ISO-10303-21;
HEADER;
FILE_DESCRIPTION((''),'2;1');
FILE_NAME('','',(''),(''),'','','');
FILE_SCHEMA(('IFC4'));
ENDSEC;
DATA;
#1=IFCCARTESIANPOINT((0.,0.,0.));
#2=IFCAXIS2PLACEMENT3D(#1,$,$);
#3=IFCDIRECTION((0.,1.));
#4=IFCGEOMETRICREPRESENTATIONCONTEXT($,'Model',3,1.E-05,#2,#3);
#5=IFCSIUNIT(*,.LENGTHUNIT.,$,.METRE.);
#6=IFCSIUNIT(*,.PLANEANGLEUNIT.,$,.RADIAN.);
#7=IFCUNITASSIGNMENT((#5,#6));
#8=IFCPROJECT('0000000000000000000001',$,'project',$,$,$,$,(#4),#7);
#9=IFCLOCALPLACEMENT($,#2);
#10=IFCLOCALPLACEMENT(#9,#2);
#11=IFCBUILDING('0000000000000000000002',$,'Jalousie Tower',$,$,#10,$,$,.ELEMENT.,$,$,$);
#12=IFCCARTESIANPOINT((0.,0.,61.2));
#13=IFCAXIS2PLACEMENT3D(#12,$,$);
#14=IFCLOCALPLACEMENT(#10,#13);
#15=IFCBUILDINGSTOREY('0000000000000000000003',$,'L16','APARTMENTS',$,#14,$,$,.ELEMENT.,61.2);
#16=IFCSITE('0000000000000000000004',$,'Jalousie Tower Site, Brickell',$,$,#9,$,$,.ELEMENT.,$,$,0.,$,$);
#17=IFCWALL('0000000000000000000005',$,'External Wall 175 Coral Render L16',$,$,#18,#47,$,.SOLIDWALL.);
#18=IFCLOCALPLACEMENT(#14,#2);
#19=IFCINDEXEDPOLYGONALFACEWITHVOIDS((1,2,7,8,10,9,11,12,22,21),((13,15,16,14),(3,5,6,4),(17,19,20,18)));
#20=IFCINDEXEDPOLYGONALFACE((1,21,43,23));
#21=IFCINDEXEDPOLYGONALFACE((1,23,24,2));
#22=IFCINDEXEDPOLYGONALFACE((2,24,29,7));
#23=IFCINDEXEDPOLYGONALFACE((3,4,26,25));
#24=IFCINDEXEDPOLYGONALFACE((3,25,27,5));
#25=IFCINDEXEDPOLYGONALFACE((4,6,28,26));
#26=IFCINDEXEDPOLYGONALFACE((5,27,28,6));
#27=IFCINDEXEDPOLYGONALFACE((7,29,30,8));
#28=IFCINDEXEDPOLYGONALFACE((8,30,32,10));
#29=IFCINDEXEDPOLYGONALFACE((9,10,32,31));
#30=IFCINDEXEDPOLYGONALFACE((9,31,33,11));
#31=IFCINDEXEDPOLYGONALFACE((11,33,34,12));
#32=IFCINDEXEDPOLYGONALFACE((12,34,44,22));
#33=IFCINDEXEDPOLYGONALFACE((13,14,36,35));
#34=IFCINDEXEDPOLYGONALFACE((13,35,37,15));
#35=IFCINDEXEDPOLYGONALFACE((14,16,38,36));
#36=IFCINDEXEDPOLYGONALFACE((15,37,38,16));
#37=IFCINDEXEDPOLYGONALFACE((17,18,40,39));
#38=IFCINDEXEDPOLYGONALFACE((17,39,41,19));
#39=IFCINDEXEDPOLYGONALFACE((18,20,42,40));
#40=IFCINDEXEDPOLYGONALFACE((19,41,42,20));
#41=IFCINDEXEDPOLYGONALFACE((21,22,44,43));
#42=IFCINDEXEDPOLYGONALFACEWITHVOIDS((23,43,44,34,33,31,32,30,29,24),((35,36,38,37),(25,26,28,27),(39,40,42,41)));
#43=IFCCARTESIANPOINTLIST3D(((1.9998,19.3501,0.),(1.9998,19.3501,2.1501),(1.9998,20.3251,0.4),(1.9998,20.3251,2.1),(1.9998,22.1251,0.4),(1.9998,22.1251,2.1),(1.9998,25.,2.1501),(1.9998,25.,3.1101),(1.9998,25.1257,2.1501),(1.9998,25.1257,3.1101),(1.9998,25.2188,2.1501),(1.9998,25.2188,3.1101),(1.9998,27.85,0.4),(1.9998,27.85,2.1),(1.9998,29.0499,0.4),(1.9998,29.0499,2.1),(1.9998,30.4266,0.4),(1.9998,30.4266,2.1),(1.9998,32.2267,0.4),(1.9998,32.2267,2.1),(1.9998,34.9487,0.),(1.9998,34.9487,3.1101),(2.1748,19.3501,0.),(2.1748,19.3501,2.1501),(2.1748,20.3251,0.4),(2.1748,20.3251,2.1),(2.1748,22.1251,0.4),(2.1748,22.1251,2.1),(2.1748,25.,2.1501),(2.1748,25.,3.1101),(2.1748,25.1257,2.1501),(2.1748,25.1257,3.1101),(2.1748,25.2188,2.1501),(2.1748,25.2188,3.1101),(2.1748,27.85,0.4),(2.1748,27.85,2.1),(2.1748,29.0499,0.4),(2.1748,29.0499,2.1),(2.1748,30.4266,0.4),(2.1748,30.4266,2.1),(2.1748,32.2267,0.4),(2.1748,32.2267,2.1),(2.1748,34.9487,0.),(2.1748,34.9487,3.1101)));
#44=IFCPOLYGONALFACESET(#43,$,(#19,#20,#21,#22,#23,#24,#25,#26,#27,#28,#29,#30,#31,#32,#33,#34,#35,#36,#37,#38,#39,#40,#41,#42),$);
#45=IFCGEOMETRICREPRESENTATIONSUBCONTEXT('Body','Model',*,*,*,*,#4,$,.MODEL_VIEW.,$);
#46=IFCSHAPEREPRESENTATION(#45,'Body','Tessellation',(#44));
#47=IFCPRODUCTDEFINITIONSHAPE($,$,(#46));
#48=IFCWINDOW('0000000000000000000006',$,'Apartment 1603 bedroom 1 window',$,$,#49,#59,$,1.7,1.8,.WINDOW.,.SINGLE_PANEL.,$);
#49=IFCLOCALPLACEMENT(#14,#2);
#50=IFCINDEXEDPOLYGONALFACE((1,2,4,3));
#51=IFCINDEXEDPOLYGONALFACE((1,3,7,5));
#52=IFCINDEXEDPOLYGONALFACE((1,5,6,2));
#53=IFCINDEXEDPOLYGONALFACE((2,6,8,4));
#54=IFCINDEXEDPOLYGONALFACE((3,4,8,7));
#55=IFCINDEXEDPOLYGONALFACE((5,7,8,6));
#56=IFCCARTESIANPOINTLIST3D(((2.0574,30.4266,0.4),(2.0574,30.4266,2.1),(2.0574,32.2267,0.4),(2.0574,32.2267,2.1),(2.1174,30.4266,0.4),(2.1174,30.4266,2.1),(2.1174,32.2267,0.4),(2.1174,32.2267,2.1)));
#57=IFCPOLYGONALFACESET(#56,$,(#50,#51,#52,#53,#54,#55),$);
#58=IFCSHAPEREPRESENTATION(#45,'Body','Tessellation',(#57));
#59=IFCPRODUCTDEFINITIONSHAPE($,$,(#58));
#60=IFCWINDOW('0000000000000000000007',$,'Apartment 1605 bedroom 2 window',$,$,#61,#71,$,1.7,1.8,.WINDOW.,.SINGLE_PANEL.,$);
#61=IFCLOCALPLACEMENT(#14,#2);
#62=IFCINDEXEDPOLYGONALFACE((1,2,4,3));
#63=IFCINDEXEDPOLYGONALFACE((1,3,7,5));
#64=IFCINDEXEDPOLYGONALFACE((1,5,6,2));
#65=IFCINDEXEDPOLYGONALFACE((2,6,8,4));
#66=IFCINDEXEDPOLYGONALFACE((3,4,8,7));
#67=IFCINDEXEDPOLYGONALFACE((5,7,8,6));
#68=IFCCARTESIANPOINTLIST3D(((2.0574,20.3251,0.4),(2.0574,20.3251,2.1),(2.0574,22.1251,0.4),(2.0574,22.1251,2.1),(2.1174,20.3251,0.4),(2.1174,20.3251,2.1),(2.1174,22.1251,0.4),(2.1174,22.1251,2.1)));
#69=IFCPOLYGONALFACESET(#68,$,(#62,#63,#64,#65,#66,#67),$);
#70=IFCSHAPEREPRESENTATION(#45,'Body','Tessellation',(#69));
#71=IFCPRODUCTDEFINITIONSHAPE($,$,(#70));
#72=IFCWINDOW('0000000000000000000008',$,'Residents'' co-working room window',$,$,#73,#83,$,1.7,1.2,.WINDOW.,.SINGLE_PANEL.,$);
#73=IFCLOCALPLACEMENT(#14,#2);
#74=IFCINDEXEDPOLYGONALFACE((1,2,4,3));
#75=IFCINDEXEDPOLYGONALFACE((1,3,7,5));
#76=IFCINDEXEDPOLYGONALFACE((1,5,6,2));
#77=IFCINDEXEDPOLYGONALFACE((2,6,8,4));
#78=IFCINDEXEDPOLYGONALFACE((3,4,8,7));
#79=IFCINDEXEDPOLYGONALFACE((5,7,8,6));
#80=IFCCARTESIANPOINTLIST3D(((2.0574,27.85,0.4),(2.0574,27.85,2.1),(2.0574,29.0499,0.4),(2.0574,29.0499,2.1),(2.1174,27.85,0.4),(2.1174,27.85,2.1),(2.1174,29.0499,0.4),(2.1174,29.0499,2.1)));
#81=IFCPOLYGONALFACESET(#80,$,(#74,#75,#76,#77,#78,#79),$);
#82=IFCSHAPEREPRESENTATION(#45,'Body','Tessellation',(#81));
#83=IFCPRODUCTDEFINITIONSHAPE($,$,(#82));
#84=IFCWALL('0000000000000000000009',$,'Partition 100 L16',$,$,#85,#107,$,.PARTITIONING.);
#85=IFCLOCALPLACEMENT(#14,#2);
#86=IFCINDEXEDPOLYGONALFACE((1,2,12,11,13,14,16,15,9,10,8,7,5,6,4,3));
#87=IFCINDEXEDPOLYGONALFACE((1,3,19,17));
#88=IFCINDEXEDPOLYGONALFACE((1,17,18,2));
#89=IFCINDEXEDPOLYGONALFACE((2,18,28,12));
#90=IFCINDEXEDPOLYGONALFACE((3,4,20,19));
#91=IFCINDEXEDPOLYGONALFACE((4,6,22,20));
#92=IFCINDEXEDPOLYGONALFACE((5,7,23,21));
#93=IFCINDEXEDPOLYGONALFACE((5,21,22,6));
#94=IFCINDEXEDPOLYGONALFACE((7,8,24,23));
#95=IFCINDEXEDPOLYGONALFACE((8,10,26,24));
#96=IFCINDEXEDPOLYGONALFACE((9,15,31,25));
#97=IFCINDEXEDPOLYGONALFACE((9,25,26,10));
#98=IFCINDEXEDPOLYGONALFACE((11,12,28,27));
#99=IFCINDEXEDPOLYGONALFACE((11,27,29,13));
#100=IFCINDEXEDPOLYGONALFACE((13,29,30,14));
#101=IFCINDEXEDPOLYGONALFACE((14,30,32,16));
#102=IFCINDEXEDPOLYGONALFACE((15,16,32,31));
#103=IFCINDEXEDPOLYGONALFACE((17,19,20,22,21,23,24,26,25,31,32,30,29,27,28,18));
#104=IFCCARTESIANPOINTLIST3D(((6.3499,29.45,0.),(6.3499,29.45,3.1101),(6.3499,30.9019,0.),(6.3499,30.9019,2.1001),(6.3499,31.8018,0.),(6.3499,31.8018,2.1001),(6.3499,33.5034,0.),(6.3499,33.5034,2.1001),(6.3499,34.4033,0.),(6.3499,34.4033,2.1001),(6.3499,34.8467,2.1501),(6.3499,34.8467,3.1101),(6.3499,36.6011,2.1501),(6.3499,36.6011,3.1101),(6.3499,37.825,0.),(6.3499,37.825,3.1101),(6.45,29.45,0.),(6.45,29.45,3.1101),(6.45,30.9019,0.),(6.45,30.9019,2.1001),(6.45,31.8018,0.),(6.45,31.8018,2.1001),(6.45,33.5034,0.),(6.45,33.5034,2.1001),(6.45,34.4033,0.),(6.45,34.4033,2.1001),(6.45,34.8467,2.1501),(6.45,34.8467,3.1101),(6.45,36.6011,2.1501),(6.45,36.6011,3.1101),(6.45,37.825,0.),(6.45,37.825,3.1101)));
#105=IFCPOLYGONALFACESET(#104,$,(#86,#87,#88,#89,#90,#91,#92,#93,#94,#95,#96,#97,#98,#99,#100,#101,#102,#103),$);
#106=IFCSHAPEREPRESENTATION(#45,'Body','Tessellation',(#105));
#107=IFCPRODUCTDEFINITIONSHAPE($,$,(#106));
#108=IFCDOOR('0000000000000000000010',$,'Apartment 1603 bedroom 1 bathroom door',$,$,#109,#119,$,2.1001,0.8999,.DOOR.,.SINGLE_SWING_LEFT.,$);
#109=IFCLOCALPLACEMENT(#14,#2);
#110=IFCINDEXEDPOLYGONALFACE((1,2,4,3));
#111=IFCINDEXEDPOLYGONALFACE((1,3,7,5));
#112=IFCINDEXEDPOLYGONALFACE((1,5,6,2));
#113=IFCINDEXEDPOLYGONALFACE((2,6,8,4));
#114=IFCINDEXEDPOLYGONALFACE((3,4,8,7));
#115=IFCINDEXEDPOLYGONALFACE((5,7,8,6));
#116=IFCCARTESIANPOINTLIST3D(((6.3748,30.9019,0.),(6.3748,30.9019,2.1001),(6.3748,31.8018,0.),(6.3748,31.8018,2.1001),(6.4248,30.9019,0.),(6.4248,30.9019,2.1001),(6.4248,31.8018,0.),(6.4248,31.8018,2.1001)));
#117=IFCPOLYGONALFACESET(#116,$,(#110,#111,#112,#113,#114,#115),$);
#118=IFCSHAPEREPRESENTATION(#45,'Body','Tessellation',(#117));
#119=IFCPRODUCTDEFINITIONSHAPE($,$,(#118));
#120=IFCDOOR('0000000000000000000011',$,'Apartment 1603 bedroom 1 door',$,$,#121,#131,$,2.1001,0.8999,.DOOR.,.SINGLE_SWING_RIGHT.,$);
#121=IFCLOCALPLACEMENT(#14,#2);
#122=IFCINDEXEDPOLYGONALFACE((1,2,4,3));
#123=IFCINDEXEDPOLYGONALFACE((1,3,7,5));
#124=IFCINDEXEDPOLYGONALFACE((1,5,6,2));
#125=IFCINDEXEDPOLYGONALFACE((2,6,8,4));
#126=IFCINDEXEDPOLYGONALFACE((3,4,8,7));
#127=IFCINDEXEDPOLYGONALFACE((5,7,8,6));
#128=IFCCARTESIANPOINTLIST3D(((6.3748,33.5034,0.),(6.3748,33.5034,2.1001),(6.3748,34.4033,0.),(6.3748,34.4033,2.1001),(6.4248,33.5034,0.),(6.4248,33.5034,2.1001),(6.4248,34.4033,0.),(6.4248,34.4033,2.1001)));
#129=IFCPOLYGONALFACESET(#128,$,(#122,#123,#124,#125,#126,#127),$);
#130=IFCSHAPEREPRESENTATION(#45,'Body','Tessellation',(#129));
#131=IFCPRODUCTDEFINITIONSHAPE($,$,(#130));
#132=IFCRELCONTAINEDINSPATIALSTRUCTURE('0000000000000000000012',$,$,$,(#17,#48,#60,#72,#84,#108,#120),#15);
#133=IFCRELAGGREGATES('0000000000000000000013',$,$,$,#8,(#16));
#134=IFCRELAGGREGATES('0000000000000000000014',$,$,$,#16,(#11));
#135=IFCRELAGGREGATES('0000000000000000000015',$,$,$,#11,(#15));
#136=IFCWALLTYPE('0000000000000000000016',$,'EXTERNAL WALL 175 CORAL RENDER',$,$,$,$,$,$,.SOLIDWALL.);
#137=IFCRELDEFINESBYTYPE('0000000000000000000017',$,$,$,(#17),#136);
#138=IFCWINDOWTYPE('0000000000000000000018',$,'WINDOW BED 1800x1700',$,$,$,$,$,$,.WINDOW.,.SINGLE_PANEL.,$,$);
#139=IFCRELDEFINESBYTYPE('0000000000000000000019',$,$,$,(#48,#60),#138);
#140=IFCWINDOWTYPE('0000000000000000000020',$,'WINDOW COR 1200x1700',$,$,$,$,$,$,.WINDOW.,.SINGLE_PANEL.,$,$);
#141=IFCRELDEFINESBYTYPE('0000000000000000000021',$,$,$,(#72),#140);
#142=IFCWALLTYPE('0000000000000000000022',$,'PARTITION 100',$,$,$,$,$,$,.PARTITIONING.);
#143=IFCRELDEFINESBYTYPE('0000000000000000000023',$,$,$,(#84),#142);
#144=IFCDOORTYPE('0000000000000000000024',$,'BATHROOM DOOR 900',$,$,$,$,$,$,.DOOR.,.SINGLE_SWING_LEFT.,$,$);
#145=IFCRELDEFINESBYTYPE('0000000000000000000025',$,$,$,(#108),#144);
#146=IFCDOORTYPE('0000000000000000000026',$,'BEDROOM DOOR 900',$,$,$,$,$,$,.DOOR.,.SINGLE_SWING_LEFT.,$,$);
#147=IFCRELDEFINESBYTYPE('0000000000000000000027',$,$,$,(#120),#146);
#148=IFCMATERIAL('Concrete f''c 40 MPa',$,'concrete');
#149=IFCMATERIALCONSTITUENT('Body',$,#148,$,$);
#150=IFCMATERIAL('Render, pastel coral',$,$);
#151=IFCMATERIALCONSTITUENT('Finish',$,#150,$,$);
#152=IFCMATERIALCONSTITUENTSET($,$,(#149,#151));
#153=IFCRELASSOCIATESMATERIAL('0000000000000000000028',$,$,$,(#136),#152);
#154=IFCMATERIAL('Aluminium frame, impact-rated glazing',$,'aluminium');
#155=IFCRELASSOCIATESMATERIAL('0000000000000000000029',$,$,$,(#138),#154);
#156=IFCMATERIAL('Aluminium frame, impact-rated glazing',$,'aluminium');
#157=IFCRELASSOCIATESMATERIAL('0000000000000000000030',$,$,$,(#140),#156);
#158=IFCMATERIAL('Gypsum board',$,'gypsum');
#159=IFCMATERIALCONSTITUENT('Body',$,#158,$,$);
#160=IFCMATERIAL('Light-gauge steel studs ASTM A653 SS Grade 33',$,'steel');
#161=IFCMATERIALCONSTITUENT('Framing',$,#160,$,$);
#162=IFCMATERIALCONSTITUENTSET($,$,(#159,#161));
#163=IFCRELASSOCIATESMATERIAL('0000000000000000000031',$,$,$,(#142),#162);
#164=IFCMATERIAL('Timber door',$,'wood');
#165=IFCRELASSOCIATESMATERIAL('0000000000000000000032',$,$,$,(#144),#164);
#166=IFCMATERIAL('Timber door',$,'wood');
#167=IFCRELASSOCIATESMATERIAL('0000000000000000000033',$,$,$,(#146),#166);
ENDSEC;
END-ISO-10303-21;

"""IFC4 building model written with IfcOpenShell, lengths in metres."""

from ifc_helpers import new_model, si_unit, direction, frame, frame_2d, origin, place, context, subcontext, project, spatial, polyline, rectangle, outline, extrude, material, constituent, constituent_set, type_object, element, fill, save


model = new_model("IFC4")

# Units and contexts
model_context = context("Model", 3, precision=1e-05, world=origin(), true_north=direction((0.0, 1.0)))
body_context = subcontext(model_context, "Body", "Model", "MODEL_VIEW")
ifc_project = project(units=[si_unit("LENGTHUNIT", "METRE"), si_unit("PLANEANGLEUNIT", "RADIAN")], contexts=[model_context])

# Site, building, storey
site_placement = place(None, origin())
site = spatial("IfcSite", under=ifc_project, at=site_placement, Name="Jalousie Tower Site, Brickell", CompositionType="ELEMENT", RefElevation=0.0)
building_placement = place(site_placement, origin())
building = spatial("IfcBuilding", under=site, at=building_placement, Name="Jalousie Tower", CompositionType="ELEMENT")
storey_placement = place(building_placement, frame((0.0, 0.0, 61.2)))
storey = spatial("IfcBuildingStorey", under=building, at=storey_placement, Name="L16", Description="APARTMENTS", CompositionType="ELEMENT", Elevation=61.2)

# Wall, openings, windows
ifc_material_1 = material(Name="Concrete f'c 40 MPa", Category="concrete")
ifc_constituent_1 = constituent(ifc_material_1, Name="Body")
ifc_material_2 = material(Name="Render, pastel coral")
ifc_constituent_2 = constituent(ifc_material_2, Name="Finish")
ifc_constituent_set_1 = constituent_set(constituents=[ifc_constituent_1, ifc_constituent_2])
wall_type_1 = type_object("IfcWallType", Name="EXTERNAL WALL 175 CORAL RENDER", PredefinedType="SOLIDWALL", material=ifc_constituent_set_1)
wall_1_placement = place(storey_placement, frame((2.0874, 34.9487, 0.0), z_axis=(0.0, 0.0, 1.0), x_axis=(0.0, -1.0, 0.0)))
wall_1 = element("IfcWall", 1, at=wall_1_placement, inside=storey, type_object=wall_type_1, Name="External Wall 175 Coral Render L16", PredefinedType="SOLIDWALL", context=body_context, shape_type="SweptSolid", body=[
    extrude(outline(polyline([(0.0, 0.0), (15.5986, 0.0), (15.5986, 2.1501), (9.9487, 2.1501), (9.9487, 3.1101), (9.823, 3.1101), (9.823, 2.1501), (9.73, 2.1501), (9.73, 3.1101), (0.0, 3.1101), (0.0, 0.0)])), frame((0.0, 0.0874, 0.0), z_axis=(0.0, -1.0, 0.0), x_axis=(1.0, 0.0, 0.0)), (0.0, 0.0, 1.0), 0.175),
])
opening_1_placement = place(wall_1_placement, frame((2.7222, 0.0, 0.3999)))
opening_1 = element("IfcOpeningElement", 2, at=opening_1_placement, cuts=wall_1, PredefinedType="OPENING", context=body_context, shape_type="SweptSolid", body=[
    extrude(rectangle(XDim=1.8, YDim=1.7, at=frame_2d((0.8999, 0.8501))), frame((0.0, 0.0974, 0.0), z_axis=(0.0, -1.0, 0.0), x_axis=(1.0, 0.0, 0.0)), (0.0, 0.0, 1.0), 0.1951),
])
opening_2_placement = place(wall_1_placement, frame((5.8987, 0.0, 0.3999)))
opening_2 = element("IfcOpeningElement", 3, at=opening_2_placement, cuts=wall_1, PredefinedType="OPENING", context=body_context, shape_type="SweptSolid", body=[
    extrude(rectangle(XDim=1.2, YDim=1.7, at=frame_2d((0.6001, 0.8501))), frame((0.0, 0.0974, 0.0), z_axis=(0.0, -1.0, 0.0), x_axis=(1.0, 0.0, 0.0)), (0.0, 0.0, 1.0), 0.1951),
])
opening_3_placement = place(wall_1_placement, frame((12.8237, 0.0, 0.3999)))
opening_3 = element("IfcOpeningElement", 4, at=opening_3_placement, cuts=wall_1, PredefinedType="OPENING", context=body_context, shape_type="SweptSolid", body=[
    extrude(rectangle(XDim=1.8, YDim=1.7, at=frame_2d((0.8999, 0.8501))), frame((0.0, 0.0974, 0.0), z_axis=(0.0, -1.0, 0.0), x_axis=(1.0, 0.0, 0.0)), (0.0, 0.0, 1.0), 0.1951),
])
ifc_material_3 = material(Name="Aluminium frame, impact-rated glazing", Category="aluminium")
window_type_1 = type_object("IfcWindowType", Name="WINDOW BED 1800x1700", PartitioningType="SINGLE_PANEL", PredefinedType="WINDOW", material=ifc_material_3)
window_1_placement = place(opening_1_placement, origin())
window_1 = element("IfcWindow", 5, at=window_1_placement, inside=storey, type_object=window_type_1, Name="Apartment 1603 bedroom 1 window", OverallHeight=1.7, OverallWidth=1.8, PartitioningType="SINGLE_PANEL", PredefinedType="WINDOW", context=body_context, shape_type="SweptSolid", body=[
    extrude(rectangle(XDim=1.8, YDim=1.7, at=frame_2d((0.8999, 0.8501))), frame((0.0, 0.03, 0.0), z_axis=(0.0, -1.0, 0.0), x_axis=(1.0, 0.0, 0.0)), (0.0, 0.0, 1.0), 0.0601),
])
fill(opening_1, window_1)
window_2_placement = place(opening_3_placement, origin())
window_2 = element("IfcWindow", 6, at=window_2_placement, inside=storey, type_object=window_type_1, Name="Apartment 1605 bedroom 2 window", OverallHeight=1.7, OverallWidth=1.8, PartitioningType="SINGLE_PANEL", PredefinedType="WINDOW", context=body_context, shape_type="SweptSolid", body=[
    extrude(rectangle(XDim=1.8, YDim=1.7, at=frame_2d((0.8999, 0.8501))), frame((0.0, 0.03, 0.0), z_axis=(0.0, -1.0, 0.0), x_axis=(1.0, 0.0, 0.0)), (0.0, 0.0, 1.0), 0.0601),
])
fill(opening_3, window_2)
ifc_material_4 = material(Name="Aluminium frame, impact-rated glazing", Category="aluminium")
window_type_2 = type_object("IfcWindowType", Name="WINDOW COR 1200x1700", PartitioningType="SINGLE_PANEL", PredefinedType="WINDOW", material=ifc_material_4)
window_3_placement = place(opening_2_placement, origin())
window_3 = element("IfcWindow", 7, at=window_3_placement, inside=storey, type_object=window_type_2, Name="Residents' co-working room window", OverallHeight=1.7, OverallWidth=1.2, PartitioningType="SINGLE_PANEL", PredefinedType="WINDOW", context=body_context, shape_type="SweptSolid", body=[
    extrude(rectangle(XDim=1.2, YDim=1.7, at=frame_2d((0.6001, 0.8501))), frame((0.0, 0.03, 0.0), z_axis=(0.0, -1.0, 0.0), x_axis=(1.0, 0.0, 0.0)), (0.0, 0.0, 1.0), 0.0601),
])
fill(opening_2, window_3)

# Wall, openings, doors
ifc_material_5 = material(Name="Gypsum board", Category="gypsum")
ifc_constituent_3 = constituent(ifc_material_5, Name="Body")
ifc_material_6 = material(Name="Light-gauge steel studs ASTM A653 SS Grade 33", Category="steel")
ifc_constituent_4 = constituent(ifc_material_6, Name="Framing")
ifc_constituent_set_2 = constituent_set(constituents=[ifc_constituent_3, ifc_constituent_4])
wall_type_2 = type_object("IfcWallType", Name="PARTITION 100", PredefinedType="PARTITIONING", material=ifc_constituent_set_2)
wall_2_placement = place(storey_placement, frame((6.3999, 37.825, 0.0), z_axis=(0.0, 0.0, 1.0), x_axis=(0.0, -1.0, 0.0)))
wall_2 = element("IfcWall", 8, at=wall_2_placement, inside=storey, type_object=wall_type_2, Name="Partition 100 L16", PredefinedType="PARTITIONING", context=body_context, shape_type="SweptSolid", body=[
    extrude(outline(polyline([(0.0, 0.0), (8.375, 0.0), (8.375, 3.1101), (2.9783, 3.1101), (2.9783, 2.1501), (1.2239, 2.1501), (1.2239, 3.1101), (0.0, 3.1101), (0.0, 0.0)])), frame((0.0, 0.05, 0.0), z_axis=(0.0, -1.0, 0.0), x_axis=(1.0, 0.0, 0.0)), (0.0, 0.0, 1.0), 0.1001),
])
opening_4_placement = place(wall_2_placement, frame((3.4216, 0.0, 0.0)))
opening_4 = element("IfcOpeningElement", 9, at=opening_4_placement, cuts=wall_2, PredefinedType="OPENING", context=body_context, shape_type="SweptSolid", body=[
    extrude(rectangle(XDim=0.8999, YDim=2.1001, at=frame_2d((0.45, 1.05))), frame((0.0, 0.0601, 0.0), z_axis=(0.0, -1.0, 0.0), x_axis=(1.0, 0.0, 0.0)), (0.0, 0.0, 1.0), 0.1201),
])
opening_5_placement = place(wall_2_placement, frame((6.0232, 0.0, 0.0)))
opening_5 = element("IfcOpeningElement", 10, at=opening_5_placement, cuts=wall_2, PredefinedType="OPENING", context=body_context, shape_type="SweptSolid", body=[
    extrude(rectangle(XDim=0.8999, YDim=2.1001, at=frame_2d((0.45, 1.05))), frame((0.0, 0.0601, 0.0), z_axis=(0.0, -1.0, 0.0), x_axis=(1.0, 0.0, 0.0)), (0.0, 0.0, 1.0), 0.1201),
])
ifc_material_7 = material(Name="Timber door", Category="wood")
door_type_1 = type_object("IfcDoorType", Name="BATHROOM DOOR 900", OperationType="SINGLE_SWING_LEFT", PredefinedType="DOOR", material=ifc_material_7)
door_1_placement = place(opening_5_placement, origin())
door_1 = element("IfcDoor", 11, at=door_1_placement, inside=storey, type_object=door_type_1, Name="Apartment 1603 bedroom 1 bathroom door", OperationType="SINGLE_SWING_LEFT", OverallHeight=2.1001, OverallWidth=0.8999, PredefinedType="DOOR", context=body_context, shape_type="SweptSolid", body=[
    extrude(rectangle(XDim=0.8999, YDim=2.1001, at=frame_2d((0.45, 1.05))), frame((0.0, 0.0249, 0.0), z_axis=(0.0, -1.0, 0.0), x_axis=(1.0, 0.0, 0.0)), (0.0, 0.0, 1.0), 0.05),
])
fill(opening_5, door_1)
ifc_material_8 = material(Name="Timber door", Category="wood")
door_type_2 = type_object("IfcDoorType", Name="BEDROOM DOOR 900", OperationType="SINGLE_SWING_LEFT", PredefinedType="DOOR", material=ifc_material_8)
door_2_placement = place(opening_4_placement, origin())
door_2 = element("IfcDoor", 12, at=door_2_placement, inside=storey, type_object=door_type_2, Name="Apartment 1603 bedroom 1 door", OperationType="SINGLE_SWING_RIGHT", OverallHeight=2.1001, OverallWidth=0.8999, PredefinedType="DOOR", context=body_context, shape_type="SweptSolid", body=[
    extrude(rectangle(XDim=0.8999, YDim=2.1001, at=frame_2d((0.45, 1.05))), frame((0.0, 0.0249, 0.0), z_axis=(0.0, -1.0, 0.0), x_axis=(1.0, 0.0, 0.0)), (0.0, 0.0, 1.0), 0.05),
])
fill(opening_4, door_2)

save(model, "model.ifc")
